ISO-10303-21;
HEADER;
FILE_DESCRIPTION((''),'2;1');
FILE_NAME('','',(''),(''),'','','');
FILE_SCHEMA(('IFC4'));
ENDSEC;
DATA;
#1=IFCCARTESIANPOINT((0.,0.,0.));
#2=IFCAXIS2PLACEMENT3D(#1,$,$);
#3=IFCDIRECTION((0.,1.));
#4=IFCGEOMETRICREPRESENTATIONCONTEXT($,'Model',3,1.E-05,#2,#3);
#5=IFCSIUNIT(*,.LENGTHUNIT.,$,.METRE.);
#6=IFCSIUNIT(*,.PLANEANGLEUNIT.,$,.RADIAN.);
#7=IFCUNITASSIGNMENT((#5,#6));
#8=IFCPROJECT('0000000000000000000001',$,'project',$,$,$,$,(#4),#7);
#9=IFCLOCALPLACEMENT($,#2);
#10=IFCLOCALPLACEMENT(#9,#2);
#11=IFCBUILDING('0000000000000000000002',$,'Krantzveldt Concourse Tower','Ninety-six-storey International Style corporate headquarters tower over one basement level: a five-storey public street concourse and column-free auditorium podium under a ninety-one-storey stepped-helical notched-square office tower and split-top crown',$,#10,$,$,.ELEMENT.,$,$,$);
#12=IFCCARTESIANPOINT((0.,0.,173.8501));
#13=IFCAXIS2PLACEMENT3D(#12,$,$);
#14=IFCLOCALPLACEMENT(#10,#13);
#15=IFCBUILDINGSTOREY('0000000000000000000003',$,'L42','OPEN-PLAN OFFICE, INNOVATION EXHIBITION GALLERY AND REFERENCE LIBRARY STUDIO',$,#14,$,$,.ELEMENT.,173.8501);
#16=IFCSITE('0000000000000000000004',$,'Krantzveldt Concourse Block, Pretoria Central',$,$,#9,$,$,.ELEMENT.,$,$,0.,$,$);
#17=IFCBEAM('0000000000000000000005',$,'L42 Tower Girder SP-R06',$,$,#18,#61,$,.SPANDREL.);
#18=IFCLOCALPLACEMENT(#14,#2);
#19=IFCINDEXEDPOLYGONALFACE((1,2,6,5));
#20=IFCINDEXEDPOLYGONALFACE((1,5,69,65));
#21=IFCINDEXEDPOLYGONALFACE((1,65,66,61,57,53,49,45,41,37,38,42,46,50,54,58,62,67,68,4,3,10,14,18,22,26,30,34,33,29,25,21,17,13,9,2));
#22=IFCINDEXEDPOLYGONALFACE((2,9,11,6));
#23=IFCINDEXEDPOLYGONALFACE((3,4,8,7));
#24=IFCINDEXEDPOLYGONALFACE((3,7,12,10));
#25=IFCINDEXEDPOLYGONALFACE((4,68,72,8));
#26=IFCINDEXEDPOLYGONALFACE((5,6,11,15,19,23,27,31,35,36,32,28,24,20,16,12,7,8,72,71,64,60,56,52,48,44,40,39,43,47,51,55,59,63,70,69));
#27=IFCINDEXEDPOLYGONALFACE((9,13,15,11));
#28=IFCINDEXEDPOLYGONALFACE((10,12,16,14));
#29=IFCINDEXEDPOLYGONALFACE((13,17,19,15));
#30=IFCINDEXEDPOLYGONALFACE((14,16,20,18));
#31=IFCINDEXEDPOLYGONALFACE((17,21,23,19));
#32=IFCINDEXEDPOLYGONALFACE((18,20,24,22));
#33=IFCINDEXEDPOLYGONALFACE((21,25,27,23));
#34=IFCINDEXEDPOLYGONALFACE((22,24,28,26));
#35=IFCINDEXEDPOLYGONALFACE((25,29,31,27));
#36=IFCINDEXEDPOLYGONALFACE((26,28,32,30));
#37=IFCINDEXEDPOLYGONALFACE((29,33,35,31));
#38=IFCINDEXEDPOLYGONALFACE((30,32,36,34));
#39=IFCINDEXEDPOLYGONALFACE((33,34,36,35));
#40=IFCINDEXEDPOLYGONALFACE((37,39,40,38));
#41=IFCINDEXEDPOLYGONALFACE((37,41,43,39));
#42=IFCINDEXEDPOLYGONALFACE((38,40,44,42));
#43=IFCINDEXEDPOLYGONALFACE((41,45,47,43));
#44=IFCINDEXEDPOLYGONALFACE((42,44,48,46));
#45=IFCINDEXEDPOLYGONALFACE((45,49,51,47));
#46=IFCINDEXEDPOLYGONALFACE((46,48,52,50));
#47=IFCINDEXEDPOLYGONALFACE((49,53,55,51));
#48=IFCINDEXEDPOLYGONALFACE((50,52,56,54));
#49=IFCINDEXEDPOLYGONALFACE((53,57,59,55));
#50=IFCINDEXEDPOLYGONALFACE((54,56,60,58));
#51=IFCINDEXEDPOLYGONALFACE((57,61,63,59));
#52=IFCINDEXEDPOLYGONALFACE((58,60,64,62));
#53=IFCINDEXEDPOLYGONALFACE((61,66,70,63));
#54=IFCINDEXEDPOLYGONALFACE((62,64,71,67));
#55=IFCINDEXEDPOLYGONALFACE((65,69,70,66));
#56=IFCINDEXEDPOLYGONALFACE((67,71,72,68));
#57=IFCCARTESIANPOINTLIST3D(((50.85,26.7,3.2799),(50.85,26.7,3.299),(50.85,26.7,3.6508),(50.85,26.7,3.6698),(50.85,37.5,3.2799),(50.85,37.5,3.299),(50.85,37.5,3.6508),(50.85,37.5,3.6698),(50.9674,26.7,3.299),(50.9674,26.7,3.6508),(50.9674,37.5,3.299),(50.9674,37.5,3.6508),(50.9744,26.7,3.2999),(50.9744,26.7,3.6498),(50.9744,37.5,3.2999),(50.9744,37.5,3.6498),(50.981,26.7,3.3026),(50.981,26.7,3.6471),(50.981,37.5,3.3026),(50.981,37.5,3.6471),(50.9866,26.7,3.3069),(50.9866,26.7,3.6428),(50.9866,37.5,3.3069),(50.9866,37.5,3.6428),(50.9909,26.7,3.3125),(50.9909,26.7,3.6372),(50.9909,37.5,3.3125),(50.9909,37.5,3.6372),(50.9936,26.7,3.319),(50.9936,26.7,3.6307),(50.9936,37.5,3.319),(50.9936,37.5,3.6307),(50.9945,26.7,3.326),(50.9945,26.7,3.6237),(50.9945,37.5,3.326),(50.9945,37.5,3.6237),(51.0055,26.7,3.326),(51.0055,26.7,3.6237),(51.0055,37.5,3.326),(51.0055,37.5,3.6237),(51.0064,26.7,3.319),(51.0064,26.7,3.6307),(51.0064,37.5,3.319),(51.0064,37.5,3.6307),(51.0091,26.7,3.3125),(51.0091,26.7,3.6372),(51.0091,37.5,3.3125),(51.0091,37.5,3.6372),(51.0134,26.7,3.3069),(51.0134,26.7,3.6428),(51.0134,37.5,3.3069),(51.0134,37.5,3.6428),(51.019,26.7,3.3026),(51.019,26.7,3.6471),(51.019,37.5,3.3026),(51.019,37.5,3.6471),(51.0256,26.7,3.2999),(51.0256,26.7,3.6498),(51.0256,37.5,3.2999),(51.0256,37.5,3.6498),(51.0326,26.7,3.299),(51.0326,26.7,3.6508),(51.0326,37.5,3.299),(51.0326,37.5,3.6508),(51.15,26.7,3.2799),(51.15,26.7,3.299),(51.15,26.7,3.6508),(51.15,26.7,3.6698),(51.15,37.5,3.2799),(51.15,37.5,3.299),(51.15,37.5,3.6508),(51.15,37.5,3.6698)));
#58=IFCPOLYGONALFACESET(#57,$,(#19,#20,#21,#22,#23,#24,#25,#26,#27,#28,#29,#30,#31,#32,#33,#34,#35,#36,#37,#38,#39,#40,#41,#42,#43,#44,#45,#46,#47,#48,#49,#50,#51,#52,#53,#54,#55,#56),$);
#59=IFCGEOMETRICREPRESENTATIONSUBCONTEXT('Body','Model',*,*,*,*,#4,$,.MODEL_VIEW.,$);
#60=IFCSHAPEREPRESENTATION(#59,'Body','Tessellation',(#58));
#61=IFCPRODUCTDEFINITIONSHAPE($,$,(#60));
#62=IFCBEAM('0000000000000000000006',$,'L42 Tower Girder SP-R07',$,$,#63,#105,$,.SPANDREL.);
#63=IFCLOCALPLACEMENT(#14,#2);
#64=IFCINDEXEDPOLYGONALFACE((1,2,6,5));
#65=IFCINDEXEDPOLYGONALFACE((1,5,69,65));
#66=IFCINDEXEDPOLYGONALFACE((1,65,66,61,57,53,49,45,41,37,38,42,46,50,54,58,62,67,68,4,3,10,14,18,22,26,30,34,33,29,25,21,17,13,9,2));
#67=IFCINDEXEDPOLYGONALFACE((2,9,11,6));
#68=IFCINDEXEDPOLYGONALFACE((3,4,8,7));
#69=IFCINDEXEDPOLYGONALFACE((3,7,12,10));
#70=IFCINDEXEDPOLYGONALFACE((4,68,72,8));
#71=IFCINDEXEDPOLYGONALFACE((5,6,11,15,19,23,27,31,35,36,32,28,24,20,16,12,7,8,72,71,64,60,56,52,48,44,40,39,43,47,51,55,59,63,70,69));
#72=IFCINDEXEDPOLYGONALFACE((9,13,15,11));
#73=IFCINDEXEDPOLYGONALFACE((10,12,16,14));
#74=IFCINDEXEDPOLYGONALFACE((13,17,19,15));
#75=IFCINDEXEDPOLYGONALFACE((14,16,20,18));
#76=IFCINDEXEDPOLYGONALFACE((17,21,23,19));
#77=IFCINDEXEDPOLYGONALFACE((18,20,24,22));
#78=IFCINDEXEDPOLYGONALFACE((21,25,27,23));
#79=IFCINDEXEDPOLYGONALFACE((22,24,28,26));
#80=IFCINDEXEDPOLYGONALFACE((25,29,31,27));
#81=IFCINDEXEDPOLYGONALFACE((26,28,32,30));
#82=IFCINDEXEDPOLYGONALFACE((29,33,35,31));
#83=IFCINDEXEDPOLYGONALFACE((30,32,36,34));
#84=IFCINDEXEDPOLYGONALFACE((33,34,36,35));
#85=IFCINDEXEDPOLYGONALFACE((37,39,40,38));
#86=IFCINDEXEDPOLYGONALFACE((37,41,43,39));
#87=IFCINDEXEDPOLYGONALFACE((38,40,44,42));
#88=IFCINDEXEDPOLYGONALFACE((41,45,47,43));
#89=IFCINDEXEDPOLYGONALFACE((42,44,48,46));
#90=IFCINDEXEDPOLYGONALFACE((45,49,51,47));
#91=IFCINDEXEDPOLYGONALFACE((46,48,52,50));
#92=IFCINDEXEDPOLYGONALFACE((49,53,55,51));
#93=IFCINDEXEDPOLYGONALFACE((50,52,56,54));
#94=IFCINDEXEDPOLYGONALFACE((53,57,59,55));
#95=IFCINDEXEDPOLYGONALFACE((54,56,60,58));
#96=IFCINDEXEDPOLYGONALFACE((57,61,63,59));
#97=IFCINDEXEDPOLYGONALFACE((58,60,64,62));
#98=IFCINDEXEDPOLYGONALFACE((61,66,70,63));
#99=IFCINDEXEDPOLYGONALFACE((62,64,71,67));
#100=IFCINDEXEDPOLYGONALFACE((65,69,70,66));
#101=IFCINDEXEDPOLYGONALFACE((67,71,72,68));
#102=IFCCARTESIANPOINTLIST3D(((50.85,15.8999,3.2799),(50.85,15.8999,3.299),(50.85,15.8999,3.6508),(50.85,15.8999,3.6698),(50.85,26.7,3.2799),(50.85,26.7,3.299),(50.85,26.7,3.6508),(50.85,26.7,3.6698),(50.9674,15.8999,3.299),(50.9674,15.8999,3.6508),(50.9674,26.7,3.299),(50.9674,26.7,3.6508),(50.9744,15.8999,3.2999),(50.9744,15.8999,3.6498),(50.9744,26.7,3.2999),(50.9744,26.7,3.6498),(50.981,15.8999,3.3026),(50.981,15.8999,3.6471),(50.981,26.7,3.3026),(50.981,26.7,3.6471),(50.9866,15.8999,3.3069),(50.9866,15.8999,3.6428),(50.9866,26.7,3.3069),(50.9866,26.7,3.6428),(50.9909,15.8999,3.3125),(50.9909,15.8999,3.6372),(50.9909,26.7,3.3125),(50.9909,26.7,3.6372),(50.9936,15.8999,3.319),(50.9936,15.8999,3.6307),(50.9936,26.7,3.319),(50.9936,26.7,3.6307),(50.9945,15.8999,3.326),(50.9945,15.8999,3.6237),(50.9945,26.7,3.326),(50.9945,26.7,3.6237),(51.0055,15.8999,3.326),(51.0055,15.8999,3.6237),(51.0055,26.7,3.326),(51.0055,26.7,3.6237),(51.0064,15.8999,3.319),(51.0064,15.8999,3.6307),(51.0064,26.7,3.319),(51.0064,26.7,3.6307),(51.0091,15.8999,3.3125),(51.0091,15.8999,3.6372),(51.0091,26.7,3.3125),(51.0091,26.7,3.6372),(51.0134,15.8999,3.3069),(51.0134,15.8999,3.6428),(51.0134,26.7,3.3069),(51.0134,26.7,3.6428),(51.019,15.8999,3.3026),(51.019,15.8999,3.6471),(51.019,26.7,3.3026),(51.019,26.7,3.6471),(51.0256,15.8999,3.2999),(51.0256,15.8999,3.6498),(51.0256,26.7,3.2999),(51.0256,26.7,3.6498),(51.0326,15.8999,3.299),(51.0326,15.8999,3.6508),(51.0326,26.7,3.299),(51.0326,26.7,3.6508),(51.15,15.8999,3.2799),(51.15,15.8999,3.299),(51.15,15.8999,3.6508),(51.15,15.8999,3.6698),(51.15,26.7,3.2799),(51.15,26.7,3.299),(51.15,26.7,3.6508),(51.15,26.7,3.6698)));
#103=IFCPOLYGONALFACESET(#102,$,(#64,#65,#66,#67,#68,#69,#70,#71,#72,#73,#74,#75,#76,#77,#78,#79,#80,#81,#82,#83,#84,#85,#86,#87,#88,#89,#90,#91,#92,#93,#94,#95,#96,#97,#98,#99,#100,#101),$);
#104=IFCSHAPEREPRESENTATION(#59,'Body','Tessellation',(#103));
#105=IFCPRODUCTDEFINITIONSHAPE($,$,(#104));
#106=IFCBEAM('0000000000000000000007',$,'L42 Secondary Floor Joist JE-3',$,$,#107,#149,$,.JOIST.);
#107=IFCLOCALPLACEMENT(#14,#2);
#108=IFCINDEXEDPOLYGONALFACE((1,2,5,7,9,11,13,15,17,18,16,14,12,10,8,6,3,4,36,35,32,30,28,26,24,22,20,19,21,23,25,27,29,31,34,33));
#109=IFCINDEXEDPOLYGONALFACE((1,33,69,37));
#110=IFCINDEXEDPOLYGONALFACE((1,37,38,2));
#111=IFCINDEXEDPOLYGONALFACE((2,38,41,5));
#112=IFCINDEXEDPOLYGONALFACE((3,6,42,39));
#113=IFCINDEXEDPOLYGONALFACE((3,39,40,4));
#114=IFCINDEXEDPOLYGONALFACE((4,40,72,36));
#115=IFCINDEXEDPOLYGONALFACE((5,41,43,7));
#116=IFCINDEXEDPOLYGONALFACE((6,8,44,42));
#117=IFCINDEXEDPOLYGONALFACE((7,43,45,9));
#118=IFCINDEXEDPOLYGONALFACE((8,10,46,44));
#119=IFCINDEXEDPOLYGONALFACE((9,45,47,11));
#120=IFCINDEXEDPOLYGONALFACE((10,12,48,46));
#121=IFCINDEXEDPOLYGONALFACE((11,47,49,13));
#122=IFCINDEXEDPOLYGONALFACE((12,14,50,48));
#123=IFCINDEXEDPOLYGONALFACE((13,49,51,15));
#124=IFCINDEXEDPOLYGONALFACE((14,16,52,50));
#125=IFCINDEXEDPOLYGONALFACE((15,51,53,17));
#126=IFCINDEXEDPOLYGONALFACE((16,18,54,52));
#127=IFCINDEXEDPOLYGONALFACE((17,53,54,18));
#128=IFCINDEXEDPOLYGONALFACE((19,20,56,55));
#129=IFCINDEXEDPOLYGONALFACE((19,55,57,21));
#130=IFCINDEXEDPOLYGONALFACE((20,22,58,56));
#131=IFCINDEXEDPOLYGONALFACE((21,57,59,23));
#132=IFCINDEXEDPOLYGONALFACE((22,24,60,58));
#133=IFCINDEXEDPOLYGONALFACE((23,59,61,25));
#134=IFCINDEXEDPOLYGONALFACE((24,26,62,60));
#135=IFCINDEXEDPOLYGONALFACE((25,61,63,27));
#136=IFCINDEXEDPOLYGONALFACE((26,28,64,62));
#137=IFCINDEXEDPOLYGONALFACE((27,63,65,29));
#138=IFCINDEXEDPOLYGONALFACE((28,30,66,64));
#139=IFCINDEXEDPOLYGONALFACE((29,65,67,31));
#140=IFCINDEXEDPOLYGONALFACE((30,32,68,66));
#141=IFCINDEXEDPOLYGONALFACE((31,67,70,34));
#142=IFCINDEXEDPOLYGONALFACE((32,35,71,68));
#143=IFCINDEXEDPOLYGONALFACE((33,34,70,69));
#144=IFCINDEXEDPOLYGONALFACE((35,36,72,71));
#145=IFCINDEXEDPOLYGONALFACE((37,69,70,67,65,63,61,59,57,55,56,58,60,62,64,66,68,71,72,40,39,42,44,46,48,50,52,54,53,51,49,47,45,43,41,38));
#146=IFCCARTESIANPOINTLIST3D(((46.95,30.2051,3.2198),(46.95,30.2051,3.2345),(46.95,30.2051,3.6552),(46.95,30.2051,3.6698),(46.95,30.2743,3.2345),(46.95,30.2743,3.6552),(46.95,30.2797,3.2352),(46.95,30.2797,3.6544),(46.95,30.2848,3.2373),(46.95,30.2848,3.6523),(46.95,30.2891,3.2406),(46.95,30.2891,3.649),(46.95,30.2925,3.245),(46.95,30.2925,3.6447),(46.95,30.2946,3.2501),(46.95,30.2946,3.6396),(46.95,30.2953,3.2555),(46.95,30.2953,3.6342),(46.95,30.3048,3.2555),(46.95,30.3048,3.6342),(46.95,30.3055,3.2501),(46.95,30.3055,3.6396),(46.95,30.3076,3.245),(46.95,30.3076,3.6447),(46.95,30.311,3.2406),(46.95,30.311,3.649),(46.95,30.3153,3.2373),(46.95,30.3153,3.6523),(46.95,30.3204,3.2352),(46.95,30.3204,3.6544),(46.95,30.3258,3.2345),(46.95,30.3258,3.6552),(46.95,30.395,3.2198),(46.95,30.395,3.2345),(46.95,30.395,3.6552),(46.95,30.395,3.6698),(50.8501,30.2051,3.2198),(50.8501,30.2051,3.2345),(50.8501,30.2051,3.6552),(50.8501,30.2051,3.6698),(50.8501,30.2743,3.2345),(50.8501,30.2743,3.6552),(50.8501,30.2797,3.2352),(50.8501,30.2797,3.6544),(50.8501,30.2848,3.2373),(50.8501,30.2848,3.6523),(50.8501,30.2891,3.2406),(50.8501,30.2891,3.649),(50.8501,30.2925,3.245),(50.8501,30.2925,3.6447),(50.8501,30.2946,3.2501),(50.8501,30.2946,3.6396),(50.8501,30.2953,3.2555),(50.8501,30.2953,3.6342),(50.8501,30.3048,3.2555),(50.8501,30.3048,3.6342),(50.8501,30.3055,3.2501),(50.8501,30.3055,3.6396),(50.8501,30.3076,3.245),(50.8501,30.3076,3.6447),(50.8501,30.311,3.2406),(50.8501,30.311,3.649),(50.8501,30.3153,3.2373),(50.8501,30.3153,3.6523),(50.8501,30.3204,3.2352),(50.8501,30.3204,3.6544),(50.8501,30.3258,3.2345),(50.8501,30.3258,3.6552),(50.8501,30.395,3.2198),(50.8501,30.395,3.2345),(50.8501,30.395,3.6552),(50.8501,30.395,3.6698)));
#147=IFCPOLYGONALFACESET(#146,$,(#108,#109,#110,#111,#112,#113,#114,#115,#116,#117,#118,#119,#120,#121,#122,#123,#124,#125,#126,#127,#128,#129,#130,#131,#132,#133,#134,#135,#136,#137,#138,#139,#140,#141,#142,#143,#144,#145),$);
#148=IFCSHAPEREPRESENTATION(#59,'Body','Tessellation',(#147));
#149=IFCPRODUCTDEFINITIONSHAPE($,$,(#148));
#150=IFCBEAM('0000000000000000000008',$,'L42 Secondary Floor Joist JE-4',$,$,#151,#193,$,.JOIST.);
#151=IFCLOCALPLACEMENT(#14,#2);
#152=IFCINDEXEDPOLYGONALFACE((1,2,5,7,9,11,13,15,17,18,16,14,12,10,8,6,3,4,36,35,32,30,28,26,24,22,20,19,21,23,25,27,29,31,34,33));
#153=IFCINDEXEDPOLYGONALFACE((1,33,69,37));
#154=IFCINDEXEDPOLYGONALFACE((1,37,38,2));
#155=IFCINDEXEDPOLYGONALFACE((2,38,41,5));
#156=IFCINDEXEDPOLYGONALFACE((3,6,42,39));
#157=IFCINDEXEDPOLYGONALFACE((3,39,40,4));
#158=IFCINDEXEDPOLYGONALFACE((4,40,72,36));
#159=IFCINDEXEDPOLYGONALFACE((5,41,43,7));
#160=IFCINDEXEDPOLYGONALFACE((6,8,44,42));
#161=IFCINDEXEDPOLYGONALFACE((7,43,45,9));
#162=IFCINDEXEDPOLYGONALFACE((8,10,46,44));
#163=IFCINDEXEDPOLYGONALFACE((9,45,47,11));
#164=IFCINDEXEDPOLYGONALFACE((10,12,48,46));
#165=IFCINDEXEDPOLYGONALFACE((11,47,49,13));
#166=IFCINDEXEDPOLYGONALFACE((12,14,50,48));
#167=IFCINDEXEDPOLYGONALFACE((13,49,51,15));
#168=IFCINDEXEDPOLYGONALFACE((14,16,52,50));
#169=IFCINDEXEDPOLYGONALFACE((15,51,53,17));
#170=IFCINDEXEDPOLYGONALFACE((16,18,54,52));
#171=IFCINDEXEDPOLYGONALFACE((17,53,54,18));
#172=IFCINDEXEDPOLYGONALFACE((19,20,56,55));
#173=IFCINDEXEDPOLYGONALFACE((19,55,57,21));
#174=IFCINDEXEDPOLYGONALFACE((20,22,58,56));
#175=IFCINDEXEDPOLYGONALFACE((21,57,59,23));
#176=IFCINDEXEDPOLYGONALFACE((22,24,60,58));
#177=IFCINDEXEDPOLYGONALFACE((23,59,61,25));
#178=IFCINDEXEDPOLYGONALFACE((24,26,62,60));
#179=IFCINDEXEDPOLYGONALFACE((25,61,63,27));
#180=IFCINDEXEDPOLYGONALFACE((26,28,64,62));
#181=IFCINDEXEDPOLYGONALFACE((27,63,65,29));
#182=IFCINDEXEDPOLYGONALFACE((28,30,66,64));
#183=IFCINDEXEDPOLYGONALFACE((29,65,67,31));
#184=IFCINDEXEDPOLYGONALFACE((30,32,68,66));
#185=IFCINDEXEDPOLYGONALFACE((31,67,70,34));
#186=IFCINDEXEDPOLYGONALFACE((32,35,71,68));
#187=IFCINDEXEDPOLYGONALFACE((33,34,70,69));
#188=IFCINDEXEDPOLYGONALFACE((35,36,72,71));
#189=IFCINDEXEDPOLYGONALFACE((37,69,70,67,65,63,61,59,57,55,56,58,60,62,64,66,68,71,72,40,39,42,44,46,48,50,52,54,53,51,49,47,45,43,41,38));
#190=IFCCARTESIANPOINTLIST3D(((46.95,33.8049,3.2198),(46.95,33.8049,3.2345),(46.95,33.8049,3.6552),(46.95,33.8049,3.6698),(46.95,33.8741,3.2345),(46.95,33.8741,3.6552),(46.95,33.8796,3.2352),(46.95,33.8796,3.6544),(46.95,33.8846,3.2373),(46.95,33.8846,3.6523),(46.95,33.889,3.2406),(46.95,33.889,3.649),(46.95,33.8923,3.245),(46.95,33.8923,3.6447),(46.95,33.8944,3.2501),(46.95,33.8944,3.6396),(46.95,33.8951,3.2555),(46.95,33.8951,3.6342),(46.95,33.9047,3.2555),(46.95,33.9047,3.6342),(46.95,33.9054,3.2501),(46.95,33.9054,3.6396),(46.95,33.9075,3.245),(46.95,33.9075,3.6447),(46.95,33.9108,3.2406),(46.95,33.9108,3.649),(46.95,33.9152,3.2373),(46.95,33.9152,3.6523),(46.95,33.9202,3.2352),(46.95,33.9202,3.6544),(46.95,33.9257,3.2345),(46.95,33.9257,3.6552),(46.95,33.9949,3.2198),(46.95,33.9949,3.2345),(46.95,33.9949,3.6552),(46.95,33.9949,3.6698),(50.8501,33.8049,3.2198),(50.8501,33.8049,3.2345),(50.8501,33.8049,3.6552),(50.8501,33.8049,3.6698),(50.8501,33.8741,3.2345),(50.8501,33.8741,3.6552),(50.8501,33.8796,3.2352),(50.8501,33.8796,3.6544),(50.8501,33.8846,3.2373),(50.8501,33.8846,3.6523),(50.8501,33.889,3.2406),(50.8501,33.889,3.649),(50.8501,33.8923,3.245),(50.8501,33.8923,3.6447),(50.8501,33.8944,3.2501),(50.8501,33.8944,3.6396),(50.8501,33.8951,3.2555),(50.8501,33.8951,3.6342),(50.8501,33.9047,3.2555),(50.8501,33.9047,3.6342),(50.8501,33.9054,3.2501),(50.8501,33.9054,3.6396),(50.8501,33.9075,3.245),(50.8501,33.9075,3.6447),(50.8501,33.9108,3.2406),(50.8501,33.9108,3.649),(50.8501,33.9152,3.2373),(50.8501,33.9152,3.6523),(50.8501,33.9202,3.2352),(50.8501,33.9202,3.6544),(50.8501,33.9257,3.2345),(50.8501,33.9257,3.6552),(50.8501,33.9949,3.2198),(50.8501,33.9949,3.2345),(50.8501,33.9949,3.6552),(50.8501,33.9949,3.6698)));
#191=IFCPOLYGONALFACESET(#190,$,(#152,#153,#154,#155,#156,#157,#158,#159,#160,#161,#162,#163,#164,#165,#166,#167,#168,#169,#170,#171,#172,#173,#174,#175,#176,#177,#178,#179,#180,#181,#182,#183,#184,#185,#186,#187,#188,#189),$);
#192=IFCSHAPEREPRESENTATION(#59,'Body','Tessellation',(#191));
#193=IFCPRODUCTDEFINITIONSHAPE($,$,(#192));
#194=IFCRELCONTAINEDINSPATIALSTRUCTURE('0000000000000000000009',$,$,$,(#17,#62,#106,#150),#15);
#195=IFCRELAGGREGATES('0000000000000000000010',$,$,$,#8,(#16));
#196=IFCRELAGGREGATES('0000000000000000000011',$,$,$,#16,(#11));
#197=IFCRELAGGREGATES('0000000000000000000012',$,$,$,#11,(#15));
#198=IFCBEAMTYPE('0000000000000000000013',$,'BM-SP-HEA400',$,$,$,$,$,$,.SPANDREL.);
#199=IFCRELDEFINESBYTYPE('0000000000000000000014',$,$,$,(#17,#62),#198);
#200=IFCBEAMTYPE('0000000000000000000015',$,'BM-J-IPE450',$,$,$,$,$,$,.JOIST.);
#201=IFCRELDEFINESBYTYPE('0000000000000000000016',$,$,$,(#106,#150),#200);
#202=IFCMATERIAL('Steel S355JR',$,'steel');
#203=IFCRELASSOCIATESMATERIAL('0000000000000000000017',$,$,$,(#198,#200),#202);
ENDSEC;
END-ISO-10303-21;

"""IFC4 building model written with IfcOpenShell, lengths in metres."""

from ifc_helpers import new_model, si_unit, direction, frame, origin, origin_2d, place, context, subcontext, project, spatial, i_section, extrude, source, transform, mapped, material, material_profile, profile_set, type_object, type_shapes, element, save


model = new_model("IFC4")

# Units and contexts
model_context = context("Model", 3, precision=1e-05, world=origin(), true_north=direction((0.0, 1.0)))
body_context = subcontext(model_context, "Body", "Model", "MODEL_VIEW")
ifc_project = project(units=[si_unit("LENGTHUNIT", "METRE"), si_unit("PLANEANGLEUNIT", "RADIAN")], contexts=[model_context])

# Site, building, storey
site_placement = place(None, origin())
site = spatial("IfcSite", under=ifc_project, at=site_placement, Name="Krantzveldt Concourse Block, Pretoria Central", CompositionType="ELEMENT", RefElevation=0.0)
building_placement = place(site_placement, origin())
building = spatial("IfcBuilding", under=site, at=building_placement, Name="Krantzveldt Concourse Tower", Description="Ninety-six-storey International Style corporate headquarters tower over one basement level: a five-storey public street concourse and column-free auditorium podium under a ninety-one-storey stepped-helical notched-square office tower and split-top crown", CompositionType="ELEMENT")
storey_placement = place(building_placement, frame((0.0, 0.0, 173.8501)))
storey = spatial("IfcBuildingStorey", under=building, at=storey_placement, Name="L42", Description="OPEN-PLAN OFFICE, INNOVATION EXHIBITION GALLERY AND REFERENCE LIBRARY STUDIO", CompositionType="ELEMENT", Elevation=173.8501)

# Beams
ifc_material_1 = material(Name="Steel S355JR", Category="steel")
ifc_material_profile_1 = material_profile(ifc_material_1, i_section(OverallWidth=0.3, OverallDepth=0.3899, WebThickness=0.011, FlangeThickness=0.019, FilletRadius=0.0271, at=origin_2d()), Name="Steel S355JR", Category="steel")
ifc_profile_set_1 = profile_set([ifc_material_profile_1], Name="Steel S355JR - HEA 400")
beam_type_1 = type_object("IfcBeamType", Name="BM-SP-HEA400", PredefinedType="SPANDREL", material=ifc_profile_set_1)
shared_shape_1 = source(origin(), body_context, "Body", "SweptSolid", [
    extrude(i_section(OverallWidth=0.3, OverallDepth=0.3899, WebThickness=0.011, FlangeThickness=0.019, FilletRadius=0.0271, at=origin_2d()), origin(), (0.0, 0.0, 1.0), 10.8),
])
type_shapes(beam_type_1, [shared_shape_1])
for number, where, z_axis, x_axis, name in (
    (1, (51.0, 37.5, 3.4749), (0.0, -1.0, 0.0), (1.0, 0.0, 0.0), "L42 Tower Girder SP-R06"),
    (2, (51.0, 26.7, 3.4749), (0.0, -1.0, 0.0), (1.0, 0.0, 0.0), "L42 Tower Girder SP-R07"),
):
    element("IfcBeam", number, at=place(storey_placement, frame(where, z_axis=z_axis, x_axis=x_axis)), inside=storey, type_object=beam_type_1, Name=name, PredefinedType="SPANDREL", context=body_context, shape_type="MappedRepresentation", body=[
        mapped(shared_shape_1, transform((0.0, 0.0, 0.0), x_axis=(1.0, 0.0, 0.0), y_axis=(0.0, 1.0, 0.0), z_axis=(0.0, 0.0, 1.0), scale=1.0)),
    ])
ifc_material_profile_2 = material_profile(ifc_material_1, i_section(OverallWidth=0.1899, OverallDepth=0.45, WebThickness=0.0095, FlangeThickness=0.0146, FilletRadius=0.021, at=origin_2d()), Name="Steel S355JR", Category="steel")
ifc_profile_set_2 = profile_set([ifc_material_profile_2], Name="Steel S355JR - IPE 450")
beam_type_2 = type_object("IfcBeamType", Name="BM-J-IPE450", PredefinedType="JOIST", material=ifc_profile_set_2)
shared_shape_2 = source(origin(), body_context, "Body", "SweptSolid", [
    extrude(i_section(OverallWidth=0.1899, OverallDepth=0.45, WebThickness=0.0095, FlangeThickness=0.0146, FilletRadius=0.021, at=origin_2d()), origin(), (0.0, 0.0, 1.0), 3.9001),
])
type_shapes(beam_type_2, [shared_shape_2])
for number, where, z_axis, x_axis, name in (
    (3, (46.95, 30.3, 3.4448), (1.0, 0.0, 0.0), (0.0, 1.0, 0.0), "L42 Secondary Floor Joist JE-3"),
    (4, (46.95, 33.8999, 3.4448), (1.0, 0.0, 0.0), (0.0, 1.0, 0.0), "L42 Secondary Floor Joist JE-4"),
):
    element("IfcBeam", number, at=place(storey_placement, frame(where, z_axis=z_axis, x_axis=x_axis)), inside=storey, type_object=beam_type_2, Name=name, PredefinedType="JOIST", context=body_context, shape_type="MappedRepresentation", body=[
        mapped(shared_shape_2, transform((0.0, 0.0, 0.0), x_axis=(1.0, 0.0, 0.0), y_axis=(0.0, 1.0, 0.0), z_axis=(0.0, 0.0, 1.0), scale=1.0)),
    ])

save(model, "model.ifc")
